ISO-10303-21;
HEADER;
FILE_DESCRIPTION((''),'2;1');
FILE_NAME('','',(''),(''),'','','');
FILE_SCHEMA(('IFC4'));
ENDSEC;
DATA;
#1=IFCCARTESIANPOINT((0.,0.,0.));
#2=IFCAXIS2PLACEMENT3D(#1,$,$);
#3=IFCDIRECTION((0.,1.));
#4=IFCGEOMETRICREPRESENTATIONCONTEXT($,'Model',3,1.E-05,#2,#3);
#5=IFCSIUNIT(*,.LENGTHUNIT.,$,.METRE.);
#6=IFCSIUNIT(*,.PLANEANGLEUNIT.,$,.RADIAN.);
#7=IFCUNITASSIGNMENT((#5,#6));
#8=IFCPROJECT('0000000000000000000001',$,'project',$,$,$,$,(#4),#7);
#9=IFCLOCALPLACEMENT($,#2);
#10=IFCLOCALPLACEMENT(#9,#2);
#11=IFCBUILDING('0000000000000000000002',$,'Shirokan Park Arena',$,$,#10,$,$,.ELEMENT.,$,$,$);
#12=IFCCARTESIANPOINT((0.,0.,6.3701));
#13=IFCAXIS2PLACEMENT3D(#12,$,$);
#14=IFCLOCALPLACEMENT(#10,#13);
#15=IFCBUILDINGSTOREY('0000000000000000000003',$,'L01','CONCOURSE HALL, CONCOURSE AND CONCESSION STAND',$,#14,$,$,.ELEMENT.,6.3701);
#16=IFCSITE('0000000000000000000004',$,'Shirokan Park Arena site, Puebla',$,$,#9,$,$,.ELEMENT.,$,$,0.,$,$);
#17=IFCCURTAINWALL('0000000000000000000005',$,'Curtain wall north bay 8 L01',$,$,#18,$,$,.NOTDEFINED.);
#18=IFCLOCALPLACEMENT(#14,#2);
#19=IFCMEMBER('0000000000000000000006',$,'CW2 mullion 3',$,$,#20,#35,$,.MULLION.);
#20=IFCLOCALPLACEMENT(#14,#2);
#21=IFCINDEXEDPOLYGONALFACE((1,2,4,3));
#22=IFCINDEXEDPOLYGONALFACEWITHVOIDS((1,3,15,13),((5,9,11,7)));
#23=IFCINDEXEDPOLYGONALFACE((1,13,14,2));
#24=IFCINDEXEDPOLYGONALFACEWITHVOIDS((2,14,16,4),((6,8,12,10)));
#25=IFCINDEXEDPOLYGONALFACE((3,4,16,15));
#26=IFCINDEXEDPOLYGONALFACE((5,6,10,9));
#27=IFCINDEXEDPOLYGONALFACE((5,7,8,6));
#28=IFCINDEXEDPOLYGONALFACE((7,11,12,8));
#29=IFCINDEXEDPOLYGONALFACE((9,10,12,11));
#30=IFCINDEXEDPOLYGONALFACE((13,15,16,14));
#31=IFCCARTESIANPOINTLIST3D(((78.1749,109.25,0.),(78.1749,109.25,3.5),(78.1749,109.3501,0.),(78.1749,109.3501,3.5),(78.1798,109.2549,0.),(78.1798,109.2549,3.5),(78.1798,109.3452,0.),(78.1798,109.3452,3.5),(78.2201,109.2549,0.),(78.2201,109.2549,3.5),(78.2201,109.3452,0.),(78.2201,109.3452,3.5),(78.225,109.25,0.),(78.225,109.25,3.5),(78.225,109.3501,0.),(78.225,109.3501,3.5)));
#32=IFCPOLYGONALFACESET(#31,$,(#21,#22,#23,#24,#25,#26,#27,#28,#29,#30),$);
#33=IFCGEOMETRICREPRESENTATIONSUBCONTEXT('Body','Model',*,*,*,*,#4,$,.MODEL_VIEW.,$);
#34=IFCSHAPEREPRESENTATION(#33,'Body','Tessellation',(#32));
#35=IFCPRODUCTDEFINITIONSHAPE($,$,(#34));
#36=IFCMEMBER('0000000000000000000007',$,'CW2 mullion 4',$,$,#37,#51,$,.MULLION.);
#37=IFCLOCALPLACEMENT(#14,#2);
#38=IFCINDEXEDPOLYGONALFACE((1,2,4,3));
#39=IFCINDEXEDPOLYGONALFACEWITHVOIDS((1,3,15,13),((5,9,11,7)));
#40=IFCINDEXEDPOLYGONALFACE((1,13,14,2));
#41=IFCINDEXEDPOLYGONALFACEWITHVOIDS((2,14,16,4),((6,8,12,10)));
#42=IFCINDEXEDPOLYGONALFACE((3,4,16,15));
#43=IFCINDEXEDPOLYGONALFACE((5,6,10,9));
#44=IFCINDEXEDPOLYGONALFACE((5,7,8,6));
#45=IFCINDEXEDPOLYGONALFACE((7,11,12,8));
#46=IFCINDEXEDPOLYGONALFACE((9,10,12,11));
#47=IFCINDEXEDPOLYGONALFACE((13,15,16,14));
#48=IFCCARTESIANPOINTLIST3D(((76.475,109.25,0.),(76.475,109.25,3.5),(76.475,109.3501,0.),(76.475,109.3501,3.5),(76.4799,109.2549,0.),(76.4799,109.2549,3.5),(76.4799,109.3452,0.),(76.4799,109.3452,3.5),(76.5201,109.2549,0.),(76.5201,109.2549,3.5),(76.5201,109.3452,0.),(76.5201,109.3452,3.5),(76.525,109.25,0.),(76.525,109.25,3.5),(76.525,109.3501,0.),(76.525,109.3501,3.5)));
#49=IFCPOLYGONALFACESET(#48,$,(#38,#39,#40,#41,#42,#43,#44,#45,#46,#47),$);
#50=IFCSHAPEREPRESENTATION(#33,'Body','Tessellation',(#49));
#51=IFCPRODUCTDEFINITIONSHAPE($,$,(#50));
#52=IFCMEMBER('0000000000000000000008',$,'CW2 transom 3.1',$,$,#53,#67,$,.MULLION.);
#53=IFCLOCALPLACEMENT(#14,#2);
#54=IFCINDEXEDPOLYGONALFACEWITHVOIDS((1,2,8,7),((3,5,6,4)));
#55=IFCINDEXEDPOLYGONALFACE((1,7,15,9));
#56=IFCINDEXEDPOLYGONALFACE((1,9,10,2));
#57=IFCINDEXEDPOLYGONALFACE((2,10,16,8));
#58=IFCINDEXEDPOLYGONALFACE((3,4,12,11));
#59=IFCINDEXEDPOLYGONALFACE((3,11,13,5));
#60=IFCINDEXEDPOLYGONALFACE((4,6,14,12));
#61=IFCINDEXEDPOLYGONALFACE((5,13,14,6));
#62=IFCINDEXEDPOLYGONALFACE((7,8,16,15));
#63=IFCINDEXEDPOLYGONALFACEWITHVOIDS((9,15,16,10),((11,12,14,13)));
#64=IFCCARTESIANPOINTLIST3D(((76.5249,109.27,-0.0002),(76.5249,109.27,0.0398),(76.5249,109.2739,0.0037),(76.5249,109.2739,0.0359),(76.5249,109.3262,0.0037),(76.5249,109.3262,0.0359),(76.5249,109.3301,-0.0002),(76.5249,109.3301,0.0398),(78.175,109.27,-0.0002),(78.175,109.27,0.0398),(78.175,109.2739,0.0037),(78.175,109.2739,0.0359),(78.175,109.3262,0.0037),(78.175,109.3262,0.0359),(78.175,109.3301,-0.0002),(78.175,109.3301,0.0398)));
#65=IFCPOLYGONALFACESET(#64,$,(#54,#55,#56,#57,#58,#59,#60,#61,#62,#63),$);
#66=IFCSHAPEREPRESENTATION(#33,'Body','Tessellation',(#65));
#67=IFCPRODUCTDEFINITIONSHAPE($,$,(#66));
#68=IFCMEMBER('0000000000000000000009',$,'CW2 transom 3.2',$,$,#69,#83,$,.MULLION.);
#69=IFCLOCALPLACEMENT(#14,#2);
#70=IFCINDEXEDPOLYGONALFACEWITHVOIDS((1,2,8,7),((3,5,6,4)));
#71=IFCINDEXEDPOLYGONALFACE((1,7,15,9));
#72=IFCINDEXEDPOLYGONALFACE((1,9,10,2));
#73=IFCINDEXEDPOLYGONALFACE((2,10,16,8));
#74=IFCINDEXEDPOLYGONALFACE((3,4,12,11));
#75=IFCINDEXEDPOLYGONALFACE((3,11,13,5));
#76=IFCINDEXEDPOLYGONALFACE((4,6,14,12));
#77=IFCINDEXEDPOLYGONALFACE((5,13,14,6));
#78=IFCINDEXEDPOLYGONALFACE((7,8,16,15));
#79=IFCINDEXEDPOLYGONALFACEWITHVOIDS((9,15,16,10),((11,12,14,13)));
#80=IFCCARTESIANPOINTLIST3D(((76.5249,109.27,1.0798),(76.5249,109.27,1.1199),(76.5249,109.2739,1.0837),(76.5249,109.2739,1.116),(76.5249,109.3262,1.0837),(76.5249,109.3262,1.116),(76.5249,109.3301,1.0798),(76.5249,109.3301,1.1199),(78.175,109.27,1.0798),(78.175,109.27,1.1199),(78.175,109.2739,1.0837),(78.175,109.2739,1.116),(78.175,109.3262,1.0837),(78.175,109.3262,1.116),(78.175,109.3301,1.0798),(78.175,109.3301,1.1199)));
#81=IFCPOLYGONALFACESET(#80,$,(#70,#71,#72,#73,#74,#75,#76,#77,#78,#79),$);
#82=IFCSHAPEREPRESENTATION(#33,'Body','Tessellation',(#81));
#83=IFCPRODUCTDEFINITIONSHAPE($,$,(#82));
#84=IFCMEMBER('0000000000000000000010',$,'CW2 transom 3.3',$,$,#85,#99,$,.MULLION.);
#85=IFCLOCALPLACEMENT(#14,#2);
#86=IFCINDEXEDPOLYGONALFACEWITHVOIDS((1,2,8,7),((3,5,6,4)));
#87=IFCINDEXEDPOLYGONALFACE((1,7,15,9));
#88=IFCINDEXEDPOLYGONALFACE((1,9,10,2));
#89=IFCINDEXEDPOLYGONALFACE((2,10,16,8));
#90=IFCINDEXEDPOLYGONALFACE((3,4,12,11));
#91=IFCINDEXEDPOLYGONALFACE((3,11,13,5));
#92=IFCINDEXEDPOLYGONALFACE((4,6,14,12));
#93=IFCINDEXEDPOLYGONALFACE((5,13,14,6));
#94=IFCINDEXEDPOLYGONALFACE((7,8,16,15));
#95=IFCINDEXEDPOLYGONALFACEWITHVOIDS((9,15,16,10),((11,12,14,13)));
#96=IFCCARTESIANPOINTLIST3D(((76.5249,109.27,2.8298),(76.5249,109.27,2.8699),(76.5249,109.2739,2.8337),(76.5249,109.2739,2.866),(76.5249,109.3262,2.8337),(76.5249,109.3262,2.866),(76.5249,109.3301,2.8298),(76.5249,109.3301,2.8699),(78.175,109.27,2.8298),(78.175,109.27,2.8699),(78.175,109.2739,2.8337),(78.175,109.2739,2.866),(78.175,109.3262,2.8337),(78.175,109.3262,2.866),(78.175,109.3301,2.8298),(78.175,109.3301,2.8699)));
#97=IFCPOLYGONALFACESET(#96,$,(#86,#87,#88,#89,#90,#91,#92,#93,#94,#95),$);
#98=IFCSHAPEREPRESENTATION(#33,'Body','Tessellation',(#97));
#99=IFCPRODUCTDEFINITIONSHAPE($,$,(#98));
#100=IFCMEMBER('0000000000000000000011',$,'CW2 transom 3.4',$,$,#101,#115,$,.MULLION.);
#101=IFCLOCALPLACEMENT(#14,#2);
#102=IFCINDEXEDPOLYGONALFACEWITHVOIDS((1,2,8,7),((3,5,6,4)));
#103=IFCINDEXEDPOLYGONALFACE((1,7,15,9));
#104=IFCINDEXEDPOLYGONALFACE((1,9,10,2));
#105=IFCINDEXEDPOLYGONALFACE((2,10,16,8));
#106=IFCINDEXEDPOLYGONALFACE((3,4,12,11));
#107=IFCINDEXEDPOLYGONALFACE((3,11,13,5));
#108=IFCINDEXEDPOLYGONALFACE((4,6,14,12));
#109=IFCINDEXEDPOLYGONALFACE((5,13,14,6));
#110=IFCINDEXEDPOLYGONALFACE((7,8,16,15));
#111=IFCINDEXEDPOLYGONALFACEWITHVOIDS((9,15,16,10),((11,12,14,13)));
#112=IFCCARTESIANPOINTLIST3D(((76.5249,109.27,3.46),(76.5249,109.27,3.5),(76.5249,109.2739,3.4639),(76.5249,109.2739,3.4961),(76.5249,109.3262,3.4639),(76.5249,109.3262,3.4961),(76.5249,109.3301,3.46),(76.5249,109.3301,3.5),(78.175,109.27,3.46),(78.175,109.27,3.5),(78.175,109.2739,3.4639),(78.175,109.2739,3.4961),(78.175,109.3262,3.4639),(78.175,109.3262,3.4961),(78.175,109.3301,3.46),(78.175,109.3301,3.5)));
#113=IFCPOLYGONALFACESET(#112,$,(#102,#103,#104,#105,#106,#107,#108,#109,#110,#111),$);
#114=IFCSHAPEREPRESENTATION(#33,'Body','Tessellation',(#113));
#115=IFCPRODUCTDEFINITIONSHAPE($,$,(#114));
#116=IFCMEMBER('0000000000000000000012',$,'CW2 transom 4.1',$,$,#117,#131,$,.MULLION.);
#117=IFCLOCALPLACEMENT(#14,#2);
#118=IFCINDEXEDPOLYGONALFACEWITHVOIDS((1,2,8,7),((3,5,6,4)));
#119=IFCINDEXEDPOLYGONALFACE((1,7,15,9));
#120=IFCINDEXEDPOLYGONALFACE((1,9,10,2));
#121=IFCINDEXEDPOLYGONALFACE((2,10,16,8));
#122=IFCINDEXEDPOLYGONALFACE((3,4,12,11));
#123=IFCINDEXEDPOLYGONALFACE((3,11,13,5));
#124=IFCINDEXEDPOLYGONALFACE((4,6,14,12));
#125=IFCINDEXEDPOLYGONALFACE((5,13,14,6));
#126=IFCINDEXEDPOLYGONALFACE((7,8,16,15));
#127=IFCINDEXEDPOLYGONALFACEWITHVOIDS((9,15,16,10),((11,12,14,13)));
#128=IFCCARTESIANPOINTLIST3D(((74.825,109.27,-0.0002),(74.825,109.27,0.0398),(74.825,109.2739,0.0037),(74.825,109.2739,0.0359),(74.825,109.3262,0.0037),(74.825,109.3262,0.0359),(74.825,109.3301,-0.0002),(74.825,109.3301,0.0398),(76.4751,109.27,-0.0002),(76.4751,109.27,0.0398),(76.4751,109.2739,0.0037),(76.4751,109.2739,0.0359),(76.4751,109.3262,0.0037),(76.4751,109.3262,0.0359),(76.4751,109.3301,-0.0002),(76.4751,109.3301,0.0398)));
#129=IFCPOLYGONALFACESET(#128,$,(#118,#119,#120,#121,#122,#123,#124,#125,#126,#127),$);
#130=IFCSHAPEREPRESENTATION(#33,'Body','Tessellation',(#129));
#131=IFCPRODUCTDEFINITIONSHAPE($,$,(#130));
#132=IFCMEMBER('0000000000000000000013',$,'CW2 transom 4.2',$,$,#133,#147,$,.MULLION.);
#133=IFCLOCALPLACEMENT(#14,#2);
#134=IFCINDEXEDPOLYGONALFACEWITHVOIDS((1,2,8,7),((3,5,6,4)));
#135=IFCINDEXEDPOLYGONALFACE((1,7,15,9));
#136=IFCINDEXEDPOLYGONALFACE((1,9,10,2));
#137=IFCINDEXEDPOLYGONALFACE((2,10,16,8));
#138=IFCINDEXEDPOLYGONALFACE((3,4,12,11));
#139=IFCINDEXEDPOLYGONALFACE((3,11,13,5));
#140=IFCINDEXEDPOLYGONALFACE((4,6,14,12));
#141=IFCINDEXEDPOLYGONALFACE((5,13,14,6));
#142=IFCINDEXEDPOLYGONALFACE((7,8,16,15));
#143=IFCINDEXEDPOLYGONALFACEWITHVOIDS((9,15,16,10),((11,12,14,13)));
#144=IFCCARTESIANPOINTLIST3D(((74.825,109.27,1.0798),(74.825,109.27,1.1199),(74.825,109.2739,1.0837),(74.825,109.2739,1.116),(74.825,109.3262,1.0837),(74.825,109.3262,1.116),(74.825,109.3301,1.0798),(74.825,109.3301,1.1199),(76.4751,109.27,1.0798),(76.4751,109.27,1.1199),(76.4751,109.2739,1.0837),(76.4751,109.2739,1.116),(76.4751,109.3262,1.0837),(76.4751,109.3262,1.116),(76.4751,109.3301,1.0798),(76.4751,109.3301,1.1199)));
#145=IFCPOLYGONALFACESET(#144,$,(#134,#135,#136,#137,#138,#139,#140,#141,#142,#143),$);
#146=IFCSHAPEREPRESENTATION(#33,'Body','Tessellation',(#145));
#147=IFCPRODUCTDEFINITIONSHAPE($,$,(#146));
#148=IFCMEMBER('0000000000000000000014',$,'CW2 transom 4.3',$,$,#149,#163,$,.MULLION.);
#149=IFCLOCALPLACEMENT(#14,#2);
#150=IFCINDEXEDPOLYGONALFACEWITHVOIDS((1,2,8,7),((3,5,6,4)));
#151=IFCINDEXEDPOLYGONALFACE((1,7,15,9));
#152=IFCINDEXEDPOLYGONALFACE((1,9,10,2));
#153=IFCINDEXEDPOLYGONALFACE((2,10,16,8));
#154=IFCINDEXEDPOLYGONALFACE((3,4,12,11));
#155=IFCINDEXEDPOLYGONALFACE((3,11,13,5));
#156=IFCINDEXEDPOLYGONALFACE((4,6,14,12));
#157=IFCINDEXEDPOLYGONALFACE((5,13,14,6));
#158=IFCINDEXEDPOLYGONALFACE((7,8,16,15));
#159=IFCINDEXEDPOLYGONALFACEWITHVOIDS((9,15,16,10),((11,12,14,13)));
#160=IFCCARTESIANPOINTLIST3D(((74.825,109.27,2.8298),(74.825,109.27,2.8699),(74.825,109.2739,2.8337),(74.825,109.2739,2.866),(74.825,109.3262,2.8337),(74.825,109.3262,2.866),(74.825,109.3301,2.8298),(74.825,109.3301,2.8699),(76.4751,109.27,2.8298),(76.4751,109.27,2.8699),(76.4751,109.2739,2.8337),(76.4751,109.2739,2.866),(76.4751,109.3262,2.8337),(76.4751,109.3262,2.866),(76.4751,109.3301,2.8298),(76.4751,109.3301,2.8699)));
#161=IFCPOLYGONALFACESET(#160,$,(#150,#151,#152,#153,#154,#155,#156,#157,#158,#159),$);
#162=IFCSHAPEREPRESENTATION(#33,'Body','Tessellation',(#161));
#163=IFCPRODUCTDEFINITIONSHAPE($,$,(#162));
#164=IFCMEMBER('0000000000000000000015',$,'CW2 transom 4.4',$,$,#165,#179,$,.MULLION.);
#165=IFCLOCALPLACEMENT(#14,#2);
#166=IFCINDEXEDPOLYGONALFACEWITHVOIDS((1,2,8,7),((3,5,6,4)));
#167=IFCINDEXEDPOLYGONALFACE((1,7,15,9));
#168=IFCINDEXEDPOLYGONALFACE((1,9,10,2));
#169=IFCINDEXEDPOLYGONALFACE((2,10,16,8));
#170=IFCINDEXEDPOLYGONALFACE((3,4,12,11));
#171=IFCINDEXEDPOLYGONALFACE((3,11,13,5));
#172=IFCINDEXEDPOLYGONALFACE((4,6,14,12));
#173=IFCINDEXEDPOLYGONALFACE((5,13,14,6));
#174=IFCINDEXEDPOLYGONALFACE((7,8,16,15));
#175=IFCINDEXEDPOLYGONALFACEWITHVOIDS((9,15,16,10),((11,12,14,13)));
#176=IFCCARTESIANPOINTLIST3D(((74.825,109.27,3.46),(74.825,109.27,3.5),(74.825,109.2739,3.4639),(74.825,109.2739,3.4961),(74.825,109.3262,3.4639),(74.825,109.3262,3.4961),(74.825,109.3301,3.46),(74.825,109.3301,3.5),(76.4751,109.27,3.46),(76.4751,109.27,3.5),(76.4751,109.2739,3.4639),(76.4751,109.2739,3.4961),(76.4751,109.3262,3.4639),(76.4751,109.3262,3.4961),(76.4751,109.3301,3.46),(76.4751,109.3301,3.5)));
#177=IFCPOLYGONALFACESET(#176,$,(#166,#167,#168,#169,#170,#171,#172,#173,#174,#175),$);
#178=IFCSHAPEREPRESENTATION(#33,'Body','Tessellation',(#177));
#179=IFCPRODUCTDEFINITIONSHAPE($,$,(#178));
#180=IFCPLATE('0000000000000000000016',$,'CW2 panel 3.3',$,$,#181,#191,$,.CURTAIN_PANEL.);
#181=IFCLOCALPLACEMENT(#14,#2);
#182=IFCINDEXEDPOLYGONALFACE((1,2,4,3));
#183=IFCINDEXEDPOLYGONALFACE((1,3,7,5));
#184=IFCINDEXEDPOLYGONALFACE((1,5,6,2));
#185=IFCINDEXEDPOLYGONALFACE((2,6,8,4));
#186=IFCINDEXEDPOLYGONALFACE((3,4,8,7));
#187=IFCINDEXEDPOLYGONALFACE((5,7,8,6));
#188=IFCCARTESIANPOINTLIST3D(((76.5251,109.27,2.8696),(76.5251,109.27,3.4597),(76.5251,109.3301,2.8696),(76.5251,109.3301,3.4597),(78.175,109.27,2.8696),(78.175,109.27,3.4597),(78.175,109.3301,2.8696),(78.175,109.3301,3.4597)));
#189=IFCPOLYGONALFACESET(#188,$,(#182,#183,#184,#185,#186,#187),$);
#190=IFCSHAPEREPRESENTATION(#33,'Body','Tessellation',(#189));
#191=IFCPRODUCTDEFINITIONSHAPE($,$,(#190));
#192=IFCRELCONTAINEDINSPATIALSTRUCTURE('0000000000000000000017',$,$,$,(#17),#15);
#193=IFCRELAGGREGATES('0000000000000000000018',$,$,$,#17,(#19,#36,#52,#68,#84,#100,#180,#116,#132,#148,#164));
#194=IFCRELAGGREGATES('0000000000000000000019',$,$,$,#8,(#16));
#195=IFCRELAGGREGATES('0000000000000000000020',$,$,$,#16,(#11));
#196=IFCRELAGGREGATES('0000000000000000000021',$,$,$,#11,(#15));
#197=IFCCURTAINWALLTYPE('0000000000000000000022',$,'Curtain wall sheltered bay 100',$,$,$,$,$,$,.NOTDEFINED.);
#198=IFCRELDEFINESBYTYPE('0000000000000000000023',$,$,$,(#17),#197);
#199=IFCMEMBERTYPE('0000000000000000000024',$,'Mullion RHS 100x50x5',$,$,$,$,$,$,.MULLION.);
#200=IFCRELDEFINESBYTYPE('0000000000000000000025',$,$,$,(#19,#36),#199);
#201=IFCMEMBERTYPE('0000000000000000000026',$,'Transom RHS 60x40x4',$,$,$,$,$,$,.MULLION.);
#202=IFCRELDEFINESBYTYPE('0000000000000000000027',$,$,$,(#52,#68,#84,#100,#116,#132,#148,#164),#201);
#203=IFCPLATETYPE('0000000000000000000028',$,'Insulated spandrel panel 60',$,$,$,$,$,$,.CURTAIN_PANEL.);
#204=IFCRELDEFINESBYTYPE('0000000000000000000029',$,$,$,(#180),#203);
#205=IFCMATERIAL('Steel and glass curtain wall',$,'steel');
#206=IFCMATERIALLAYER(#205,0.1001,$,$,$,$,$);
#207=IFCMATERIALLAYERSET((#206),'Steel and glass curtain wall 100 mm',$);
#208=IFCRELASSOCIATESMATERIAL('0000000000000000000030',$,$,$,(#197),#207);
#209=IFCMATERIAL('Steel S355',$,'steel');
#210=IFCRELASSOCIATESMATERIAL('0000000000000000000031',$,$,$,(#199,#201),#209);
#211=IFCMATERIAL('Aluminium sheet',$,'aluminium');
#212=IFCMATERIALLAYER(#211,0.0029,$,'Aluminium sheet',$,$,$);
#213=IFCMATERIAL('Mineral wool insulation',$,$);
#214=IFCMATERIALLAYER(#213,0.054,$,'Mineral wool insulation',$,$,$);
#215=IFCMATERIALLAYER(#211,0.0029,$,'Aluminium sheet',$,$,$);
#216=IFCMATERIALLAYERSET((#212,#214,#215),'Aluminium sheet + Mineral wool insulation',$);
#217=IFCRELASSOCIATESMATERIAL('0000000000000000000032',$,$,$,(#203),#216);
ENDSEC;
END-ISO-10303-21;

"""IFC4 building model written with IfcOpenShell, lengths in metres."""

from ifc_helpers import new_model, si_unit, direction, frame, origin, origin_2d, place, context, subcontext, project, spatial, rectangle, hollow_rectangle, extrude, material, layer, layer_set, material_profile, profile_set, type_object, element, aggregate, save


model = new_model("IFC4")

# Units and contexts
model_context = context("Model", 3, precision=1e-05, world=origin(), true_north=direction((0.0, 1.0)))
body_context = subcontext(model_context, "Body", "Model", "MODEL_VIEW")
ifc_project = project(units=[si_unit("LENGTHUNIT", "METRE"), si_unit("PLANEANGLEUNIT", "RADIAN")], contexts=[model_context])

# Site, building, storey
site_placement = place(None, origin())
site = spatial("IfcSite", under=ifc_project, at=site_placement, Name="Shirokan Park Arena site, Puebla", CompositionType="ELEMENT", RefElevation=0.0)
building_placement = place(site_placement, origin())
building = spatial("IfcBuilding", under=site, at=building_placement, Name="Shirokan Park Arena", CompositionType="ELEMENT")
storey_placement = place(building_placement, frame((0.0, 0.0, 6.3701)))
storey = spatial("IfcBuildingStorey", under=building, at=storey_placement, Name="L01", Description="CONCOURSE HALL, CONCOURSE AND CONCESSION STAND", CompositionType="ELEMENT", Elevation=6.3701)

# Curtain wall, members, plate
ifc_material_1 = material(Name="Steel and glass curtain wall", Category="steel")
ifc_layer_1 = layer(ifc_material_1, 0.1001)
ifc_layer_set_1 = layer_set([ifc_layer_1], Name="Steel and glass curtain wall 100 mm")
curtain_wall_type = type_object("IfcCurtainWallType", Name="Curtain wall sheltered bay 100", PredefinedType="NOTDEFINED", material=ifc_layer_set_1)
curtain_wall_placement = place(storey_placement, origin())
curtain_wall = element("IfcCurtainWall", 1, at=curtain_wall_placement, inside=storey, type_object=curtain_wall_type, Name="Curtain wall north bay 8 L01", PredefinedType="NOTDEFINED")
ifc_material_2 = material(Name="Steel S355", Category="steel")
ifc_material_profile_1 = material_profile(ifc_material_2, hollow_rectangle(XDim=0.1001, YDim=0.05, WallThickness=0.0049, at=origin_2d()), Name="RHS 100x50x5")
ifc_profile_set_1 = profile_set([ifc_material_profile_1], Name="Steel S355")
member_type_1 = type_object("IfcMemberType", Name="Mullion RHS 100x50x5", PredefinedType="MULLION", material=ifc_profile_set_1)
member_1_placement = place(storey_placement, frame((78.2, 109.3, 0.0), z_axis=(0.0, 0.0, 1.0), x_axis=(0.0, -1.0, 0.0)))
member_1 = element("IfcMember", 2, at=member_1_placement, type_object=member_type_1, Name="CW2 mullion 3", PredefinedType="MULLION", context=body_context, shape_type="SweptSolid", body=[
    extrude(hollow_rectangle(XDim=0.1001, YDim=0.05, WallThickness=0.0049, at=origin_2d()), origin(), (0.0, 0.0, 1.0), 3.5),
])
member_2_placement = place(storey_placement, frame((76.5, 109.3, 0.0), z_axis=(0.0, 0.0, 1.0), x_axis=(0.0, -1.0, 0.0)))
member_2 = element("IfcMember", 3, at=member_2_placement, type_object=member_type_1, Name="CW2 mullion 4", PredefinedType="MULLION", context=body_context, shape_type="SweptSolid", body=[
    extrude(hollow_rectangle(XDim=0.1001, YDim=0.05, WallThickness=0.0049, at=origin_2d()), origin(), (0.0, 0.0, 1.0), 3.5),
])
ifc_material_profile_2 = material_profile(ifc_material_2, hollow_rectangle(XDim=0.0601, YDim=0.04, WallThickness=0.0039, at=origin_2d()), Name="RHS 60x40x4")
ifc_profile_set_2 = profile_set([ifc_material_profile_2], Name="Steel S355")
member_type_2 = type_object("IfcMemberType", Name="Transom RHS 60x40x4", PredefinedType="MULLION", material=ifc_profile_set_2)
member_3_placement = place(storey_placement, frame((78.175, 109.3, 0.0198), z_axis=(-1.0, 0.0, 0.0), x_axis=(0.0, -1.0, 0.0)))
member_3 = element("IfcMember", 4, at=member_3_placement, type_object=member_type_2, Name="CW2 transom 3.1", PredefinedType="MULLION", context=body_context, shape_type="SweptSolid", body=[
    extrude(hollow_rectangle(XDim=0.0601, YDim=0.04, WallThickness=0.0039, at=origin_2d()), origin(), (0.0, 0.0, 1.0), 1.6501),
])
member_4_placement = place(storey_placement, frame((78.175, 109.3, 1.0999), z_axis=(-1.0, 0.0, 0.0), x_axis=(0.0, -1.0, 0.0)))
member_4 = element("IfcMember", 5, at=member_4_placement, type_object=member_type_2, Name="CW2 transom 3.2", PredefinedType="MULLION", context=body_context, shape_type="SweptSolid", body=[
    extrude(hollow_rectangle(XDim=0.0601, YDim=0.04, WallThickness=0.0039, at=origin_2d()), origin(), (0.0, 0.0, 1.0), 1.6501),
])
member_5_placement = place(storey_placement, frame((78.175, 109.3, 2.8499), z_axis=(-1.0, 0.0, 0.0), x_axis=(0.0, -1.0, 0.0)))
member_5 = element("IfcMember", 6, at=member_5_placement, type_object=member_type_2, Name="CW2 transom 3.3", PredefinedType="MULLION", context=body_context, shape_type="SweptSolid", body=[
    extrude(hollow_rectangle(XDim=0.0601, YDim=0.04, WallThickness=0.0039, at=origin_2d()), origin(), (0.0, 0.0, 1.0), 1.6501),
])
member_6_placement = place(storey_placement, frame((78.175, 109.3, 3.48), z_axis=(-1.0, 0.0, 0.0), x_axis=(0.0, -1.0, 0.0)))
member_6 = element("IfcMember", 7, at=member_6_placement, type_object=member_type_2, Name="CW2 transom 3.4", PredefinedType="MULLION", context=body_context, shape_type="SweptSolid", body=[
    extrude(hollow_rectangle(XDim=0.0601, YDim=0.04, WallThickness=0.0039, at=origin_2d()), origin(), (0.0, 0.0, 1.0), 1.6501),
])
member_7_placement = place(storey_placement, frame((76.4751, 109.3, 0.0198), z_axis=(-1.0, 0.0, 0.0), x_axis=(0.0, -1.0, 0.0)))
member_7 = element("IfcMember", 8, at=member_7_placement, type_object=member_type_2, Name="CW2 transom 4.1", PredefinedType="MULLION", context=body_context, shape_type="SweptSolid", body=[
    extrude(hollow_rectangle(XDim=0.0601, YDim=0.04, WallThickness=0.0039, at=origin_2d()), origin(), (0.0, 0.0, 1.0), 1.6501),
])
member_8_placement = place(storey_placement, frame((76.4751, 109.3, 1.0999), z_axis=(-1.0, 0.0, 0.0), x_axis=(0.0, -1.0, 0.0)))
member_8 = element("IfcMember", 9, at=member_8_placement, type_object=member_type_2, Name="CW2 transom 4.2", PredefinedType="MULLION", context=body_context, shape_type="SweptSolid", body=[
    extrude(hollow_rectangle(XDim=0.0601, YDim=0.04, WallThickness=0.0039, at=origin_2d()), origin(), (0.0, 0.0, 1.0), 1.6501),
])
member_9_placement = place(storey_placement, frame((76.4751, 109.3, 2.8499), z_axis=(-1.0, 0.0, 0.0), x_axis=(0.0, -1.0, 0.0)))
member_9 = element("IfcMember", 10, at=member_9_placement, type_object=member_type_2, Name="CW2 transom 4.3", PredefinedType="MULLION", context=body_context, shape_type="SweptSolid", body=[
    extrude(hollow_rectangle(XDim=0.0601, YDim=0.04, WallThickness=0.0039, at=origin_2d()), origin(), (0.0, 0.0, 1.0), 1.6501),
])
member_10_placement = place(storey_placement, frame((76.4751, 109.3, 3.48), z_axis=(-1.0, 0.0, 0.0), x_axis=(0.0, -1.0, 0.0)))
member_10 = element("IfcMember", 11, at=member_10_placement, type_object=member_type_2, Name="CW2 transom 4.4", PredefinedType="MULLION", context=body_context, shape_type="SweptSolid", body=[
    extrude(hollow_rectangle(XDim=0.0601, YDim=0.04, WallThickness=0.0039, at=origin_2d()), origin(), (0.0, 0.0, 1.0), 1.6501),
])
ifc_material_3 = material(Name="Aluminium sheet", Category="aluminium")
ifc_layer_2 = layer(ifc_material_3, 0.0029, Name="Aluminium sheet")
ifc_material_4 = material(Name="Mineral wool insulation")
ifc_layer_3 = layer(ifc_material_4, 0.054, Name="Mineral wool insulation")
ifc_layer_4 = layer(ifc_material_3, 0.0029, Name="Aluminium sheet")
ifc_layer_set_2 = layer_set([ifc_layer_2, ifc_layer_3, ifc_layer_4], Name="Aluminium sheet + Mineral wool insulation")
plate_type_1 = type_object("IfcPlateType", Name="Insulated spandrel panel 60", PredefinedType="CURTAIN_PANEL", material=ifc_layer_set_2)
plate_1_placement = place(storey_placement, frame((77.3501, 109.3, 2.8696), z_axis=(0.0, 0.0, 1.0), x_axis=(-1.0, 0.0, 0.0)))
plate_1 = element("IfcPlate", 12, at=plate_1_placement, type_object=plate_type_1, Name="CW2 panel 3.3", PredefinedType="CURTAIN_PANEL", context=body_context, shape_type="SweptSolid", body=[
    extrude(rectangle(XDim=1.6499, YDim=0.0601, at=origin_2d()), origin(), (0.0, 0.0, 1.0), 0.5901),
])
aggregate(curtain_wall, [member_1, member_2, member_3, member_4, member_5, member_6, plate_1, member_7, member_8, member_9, member_10])

save(model, "model.ifc")
